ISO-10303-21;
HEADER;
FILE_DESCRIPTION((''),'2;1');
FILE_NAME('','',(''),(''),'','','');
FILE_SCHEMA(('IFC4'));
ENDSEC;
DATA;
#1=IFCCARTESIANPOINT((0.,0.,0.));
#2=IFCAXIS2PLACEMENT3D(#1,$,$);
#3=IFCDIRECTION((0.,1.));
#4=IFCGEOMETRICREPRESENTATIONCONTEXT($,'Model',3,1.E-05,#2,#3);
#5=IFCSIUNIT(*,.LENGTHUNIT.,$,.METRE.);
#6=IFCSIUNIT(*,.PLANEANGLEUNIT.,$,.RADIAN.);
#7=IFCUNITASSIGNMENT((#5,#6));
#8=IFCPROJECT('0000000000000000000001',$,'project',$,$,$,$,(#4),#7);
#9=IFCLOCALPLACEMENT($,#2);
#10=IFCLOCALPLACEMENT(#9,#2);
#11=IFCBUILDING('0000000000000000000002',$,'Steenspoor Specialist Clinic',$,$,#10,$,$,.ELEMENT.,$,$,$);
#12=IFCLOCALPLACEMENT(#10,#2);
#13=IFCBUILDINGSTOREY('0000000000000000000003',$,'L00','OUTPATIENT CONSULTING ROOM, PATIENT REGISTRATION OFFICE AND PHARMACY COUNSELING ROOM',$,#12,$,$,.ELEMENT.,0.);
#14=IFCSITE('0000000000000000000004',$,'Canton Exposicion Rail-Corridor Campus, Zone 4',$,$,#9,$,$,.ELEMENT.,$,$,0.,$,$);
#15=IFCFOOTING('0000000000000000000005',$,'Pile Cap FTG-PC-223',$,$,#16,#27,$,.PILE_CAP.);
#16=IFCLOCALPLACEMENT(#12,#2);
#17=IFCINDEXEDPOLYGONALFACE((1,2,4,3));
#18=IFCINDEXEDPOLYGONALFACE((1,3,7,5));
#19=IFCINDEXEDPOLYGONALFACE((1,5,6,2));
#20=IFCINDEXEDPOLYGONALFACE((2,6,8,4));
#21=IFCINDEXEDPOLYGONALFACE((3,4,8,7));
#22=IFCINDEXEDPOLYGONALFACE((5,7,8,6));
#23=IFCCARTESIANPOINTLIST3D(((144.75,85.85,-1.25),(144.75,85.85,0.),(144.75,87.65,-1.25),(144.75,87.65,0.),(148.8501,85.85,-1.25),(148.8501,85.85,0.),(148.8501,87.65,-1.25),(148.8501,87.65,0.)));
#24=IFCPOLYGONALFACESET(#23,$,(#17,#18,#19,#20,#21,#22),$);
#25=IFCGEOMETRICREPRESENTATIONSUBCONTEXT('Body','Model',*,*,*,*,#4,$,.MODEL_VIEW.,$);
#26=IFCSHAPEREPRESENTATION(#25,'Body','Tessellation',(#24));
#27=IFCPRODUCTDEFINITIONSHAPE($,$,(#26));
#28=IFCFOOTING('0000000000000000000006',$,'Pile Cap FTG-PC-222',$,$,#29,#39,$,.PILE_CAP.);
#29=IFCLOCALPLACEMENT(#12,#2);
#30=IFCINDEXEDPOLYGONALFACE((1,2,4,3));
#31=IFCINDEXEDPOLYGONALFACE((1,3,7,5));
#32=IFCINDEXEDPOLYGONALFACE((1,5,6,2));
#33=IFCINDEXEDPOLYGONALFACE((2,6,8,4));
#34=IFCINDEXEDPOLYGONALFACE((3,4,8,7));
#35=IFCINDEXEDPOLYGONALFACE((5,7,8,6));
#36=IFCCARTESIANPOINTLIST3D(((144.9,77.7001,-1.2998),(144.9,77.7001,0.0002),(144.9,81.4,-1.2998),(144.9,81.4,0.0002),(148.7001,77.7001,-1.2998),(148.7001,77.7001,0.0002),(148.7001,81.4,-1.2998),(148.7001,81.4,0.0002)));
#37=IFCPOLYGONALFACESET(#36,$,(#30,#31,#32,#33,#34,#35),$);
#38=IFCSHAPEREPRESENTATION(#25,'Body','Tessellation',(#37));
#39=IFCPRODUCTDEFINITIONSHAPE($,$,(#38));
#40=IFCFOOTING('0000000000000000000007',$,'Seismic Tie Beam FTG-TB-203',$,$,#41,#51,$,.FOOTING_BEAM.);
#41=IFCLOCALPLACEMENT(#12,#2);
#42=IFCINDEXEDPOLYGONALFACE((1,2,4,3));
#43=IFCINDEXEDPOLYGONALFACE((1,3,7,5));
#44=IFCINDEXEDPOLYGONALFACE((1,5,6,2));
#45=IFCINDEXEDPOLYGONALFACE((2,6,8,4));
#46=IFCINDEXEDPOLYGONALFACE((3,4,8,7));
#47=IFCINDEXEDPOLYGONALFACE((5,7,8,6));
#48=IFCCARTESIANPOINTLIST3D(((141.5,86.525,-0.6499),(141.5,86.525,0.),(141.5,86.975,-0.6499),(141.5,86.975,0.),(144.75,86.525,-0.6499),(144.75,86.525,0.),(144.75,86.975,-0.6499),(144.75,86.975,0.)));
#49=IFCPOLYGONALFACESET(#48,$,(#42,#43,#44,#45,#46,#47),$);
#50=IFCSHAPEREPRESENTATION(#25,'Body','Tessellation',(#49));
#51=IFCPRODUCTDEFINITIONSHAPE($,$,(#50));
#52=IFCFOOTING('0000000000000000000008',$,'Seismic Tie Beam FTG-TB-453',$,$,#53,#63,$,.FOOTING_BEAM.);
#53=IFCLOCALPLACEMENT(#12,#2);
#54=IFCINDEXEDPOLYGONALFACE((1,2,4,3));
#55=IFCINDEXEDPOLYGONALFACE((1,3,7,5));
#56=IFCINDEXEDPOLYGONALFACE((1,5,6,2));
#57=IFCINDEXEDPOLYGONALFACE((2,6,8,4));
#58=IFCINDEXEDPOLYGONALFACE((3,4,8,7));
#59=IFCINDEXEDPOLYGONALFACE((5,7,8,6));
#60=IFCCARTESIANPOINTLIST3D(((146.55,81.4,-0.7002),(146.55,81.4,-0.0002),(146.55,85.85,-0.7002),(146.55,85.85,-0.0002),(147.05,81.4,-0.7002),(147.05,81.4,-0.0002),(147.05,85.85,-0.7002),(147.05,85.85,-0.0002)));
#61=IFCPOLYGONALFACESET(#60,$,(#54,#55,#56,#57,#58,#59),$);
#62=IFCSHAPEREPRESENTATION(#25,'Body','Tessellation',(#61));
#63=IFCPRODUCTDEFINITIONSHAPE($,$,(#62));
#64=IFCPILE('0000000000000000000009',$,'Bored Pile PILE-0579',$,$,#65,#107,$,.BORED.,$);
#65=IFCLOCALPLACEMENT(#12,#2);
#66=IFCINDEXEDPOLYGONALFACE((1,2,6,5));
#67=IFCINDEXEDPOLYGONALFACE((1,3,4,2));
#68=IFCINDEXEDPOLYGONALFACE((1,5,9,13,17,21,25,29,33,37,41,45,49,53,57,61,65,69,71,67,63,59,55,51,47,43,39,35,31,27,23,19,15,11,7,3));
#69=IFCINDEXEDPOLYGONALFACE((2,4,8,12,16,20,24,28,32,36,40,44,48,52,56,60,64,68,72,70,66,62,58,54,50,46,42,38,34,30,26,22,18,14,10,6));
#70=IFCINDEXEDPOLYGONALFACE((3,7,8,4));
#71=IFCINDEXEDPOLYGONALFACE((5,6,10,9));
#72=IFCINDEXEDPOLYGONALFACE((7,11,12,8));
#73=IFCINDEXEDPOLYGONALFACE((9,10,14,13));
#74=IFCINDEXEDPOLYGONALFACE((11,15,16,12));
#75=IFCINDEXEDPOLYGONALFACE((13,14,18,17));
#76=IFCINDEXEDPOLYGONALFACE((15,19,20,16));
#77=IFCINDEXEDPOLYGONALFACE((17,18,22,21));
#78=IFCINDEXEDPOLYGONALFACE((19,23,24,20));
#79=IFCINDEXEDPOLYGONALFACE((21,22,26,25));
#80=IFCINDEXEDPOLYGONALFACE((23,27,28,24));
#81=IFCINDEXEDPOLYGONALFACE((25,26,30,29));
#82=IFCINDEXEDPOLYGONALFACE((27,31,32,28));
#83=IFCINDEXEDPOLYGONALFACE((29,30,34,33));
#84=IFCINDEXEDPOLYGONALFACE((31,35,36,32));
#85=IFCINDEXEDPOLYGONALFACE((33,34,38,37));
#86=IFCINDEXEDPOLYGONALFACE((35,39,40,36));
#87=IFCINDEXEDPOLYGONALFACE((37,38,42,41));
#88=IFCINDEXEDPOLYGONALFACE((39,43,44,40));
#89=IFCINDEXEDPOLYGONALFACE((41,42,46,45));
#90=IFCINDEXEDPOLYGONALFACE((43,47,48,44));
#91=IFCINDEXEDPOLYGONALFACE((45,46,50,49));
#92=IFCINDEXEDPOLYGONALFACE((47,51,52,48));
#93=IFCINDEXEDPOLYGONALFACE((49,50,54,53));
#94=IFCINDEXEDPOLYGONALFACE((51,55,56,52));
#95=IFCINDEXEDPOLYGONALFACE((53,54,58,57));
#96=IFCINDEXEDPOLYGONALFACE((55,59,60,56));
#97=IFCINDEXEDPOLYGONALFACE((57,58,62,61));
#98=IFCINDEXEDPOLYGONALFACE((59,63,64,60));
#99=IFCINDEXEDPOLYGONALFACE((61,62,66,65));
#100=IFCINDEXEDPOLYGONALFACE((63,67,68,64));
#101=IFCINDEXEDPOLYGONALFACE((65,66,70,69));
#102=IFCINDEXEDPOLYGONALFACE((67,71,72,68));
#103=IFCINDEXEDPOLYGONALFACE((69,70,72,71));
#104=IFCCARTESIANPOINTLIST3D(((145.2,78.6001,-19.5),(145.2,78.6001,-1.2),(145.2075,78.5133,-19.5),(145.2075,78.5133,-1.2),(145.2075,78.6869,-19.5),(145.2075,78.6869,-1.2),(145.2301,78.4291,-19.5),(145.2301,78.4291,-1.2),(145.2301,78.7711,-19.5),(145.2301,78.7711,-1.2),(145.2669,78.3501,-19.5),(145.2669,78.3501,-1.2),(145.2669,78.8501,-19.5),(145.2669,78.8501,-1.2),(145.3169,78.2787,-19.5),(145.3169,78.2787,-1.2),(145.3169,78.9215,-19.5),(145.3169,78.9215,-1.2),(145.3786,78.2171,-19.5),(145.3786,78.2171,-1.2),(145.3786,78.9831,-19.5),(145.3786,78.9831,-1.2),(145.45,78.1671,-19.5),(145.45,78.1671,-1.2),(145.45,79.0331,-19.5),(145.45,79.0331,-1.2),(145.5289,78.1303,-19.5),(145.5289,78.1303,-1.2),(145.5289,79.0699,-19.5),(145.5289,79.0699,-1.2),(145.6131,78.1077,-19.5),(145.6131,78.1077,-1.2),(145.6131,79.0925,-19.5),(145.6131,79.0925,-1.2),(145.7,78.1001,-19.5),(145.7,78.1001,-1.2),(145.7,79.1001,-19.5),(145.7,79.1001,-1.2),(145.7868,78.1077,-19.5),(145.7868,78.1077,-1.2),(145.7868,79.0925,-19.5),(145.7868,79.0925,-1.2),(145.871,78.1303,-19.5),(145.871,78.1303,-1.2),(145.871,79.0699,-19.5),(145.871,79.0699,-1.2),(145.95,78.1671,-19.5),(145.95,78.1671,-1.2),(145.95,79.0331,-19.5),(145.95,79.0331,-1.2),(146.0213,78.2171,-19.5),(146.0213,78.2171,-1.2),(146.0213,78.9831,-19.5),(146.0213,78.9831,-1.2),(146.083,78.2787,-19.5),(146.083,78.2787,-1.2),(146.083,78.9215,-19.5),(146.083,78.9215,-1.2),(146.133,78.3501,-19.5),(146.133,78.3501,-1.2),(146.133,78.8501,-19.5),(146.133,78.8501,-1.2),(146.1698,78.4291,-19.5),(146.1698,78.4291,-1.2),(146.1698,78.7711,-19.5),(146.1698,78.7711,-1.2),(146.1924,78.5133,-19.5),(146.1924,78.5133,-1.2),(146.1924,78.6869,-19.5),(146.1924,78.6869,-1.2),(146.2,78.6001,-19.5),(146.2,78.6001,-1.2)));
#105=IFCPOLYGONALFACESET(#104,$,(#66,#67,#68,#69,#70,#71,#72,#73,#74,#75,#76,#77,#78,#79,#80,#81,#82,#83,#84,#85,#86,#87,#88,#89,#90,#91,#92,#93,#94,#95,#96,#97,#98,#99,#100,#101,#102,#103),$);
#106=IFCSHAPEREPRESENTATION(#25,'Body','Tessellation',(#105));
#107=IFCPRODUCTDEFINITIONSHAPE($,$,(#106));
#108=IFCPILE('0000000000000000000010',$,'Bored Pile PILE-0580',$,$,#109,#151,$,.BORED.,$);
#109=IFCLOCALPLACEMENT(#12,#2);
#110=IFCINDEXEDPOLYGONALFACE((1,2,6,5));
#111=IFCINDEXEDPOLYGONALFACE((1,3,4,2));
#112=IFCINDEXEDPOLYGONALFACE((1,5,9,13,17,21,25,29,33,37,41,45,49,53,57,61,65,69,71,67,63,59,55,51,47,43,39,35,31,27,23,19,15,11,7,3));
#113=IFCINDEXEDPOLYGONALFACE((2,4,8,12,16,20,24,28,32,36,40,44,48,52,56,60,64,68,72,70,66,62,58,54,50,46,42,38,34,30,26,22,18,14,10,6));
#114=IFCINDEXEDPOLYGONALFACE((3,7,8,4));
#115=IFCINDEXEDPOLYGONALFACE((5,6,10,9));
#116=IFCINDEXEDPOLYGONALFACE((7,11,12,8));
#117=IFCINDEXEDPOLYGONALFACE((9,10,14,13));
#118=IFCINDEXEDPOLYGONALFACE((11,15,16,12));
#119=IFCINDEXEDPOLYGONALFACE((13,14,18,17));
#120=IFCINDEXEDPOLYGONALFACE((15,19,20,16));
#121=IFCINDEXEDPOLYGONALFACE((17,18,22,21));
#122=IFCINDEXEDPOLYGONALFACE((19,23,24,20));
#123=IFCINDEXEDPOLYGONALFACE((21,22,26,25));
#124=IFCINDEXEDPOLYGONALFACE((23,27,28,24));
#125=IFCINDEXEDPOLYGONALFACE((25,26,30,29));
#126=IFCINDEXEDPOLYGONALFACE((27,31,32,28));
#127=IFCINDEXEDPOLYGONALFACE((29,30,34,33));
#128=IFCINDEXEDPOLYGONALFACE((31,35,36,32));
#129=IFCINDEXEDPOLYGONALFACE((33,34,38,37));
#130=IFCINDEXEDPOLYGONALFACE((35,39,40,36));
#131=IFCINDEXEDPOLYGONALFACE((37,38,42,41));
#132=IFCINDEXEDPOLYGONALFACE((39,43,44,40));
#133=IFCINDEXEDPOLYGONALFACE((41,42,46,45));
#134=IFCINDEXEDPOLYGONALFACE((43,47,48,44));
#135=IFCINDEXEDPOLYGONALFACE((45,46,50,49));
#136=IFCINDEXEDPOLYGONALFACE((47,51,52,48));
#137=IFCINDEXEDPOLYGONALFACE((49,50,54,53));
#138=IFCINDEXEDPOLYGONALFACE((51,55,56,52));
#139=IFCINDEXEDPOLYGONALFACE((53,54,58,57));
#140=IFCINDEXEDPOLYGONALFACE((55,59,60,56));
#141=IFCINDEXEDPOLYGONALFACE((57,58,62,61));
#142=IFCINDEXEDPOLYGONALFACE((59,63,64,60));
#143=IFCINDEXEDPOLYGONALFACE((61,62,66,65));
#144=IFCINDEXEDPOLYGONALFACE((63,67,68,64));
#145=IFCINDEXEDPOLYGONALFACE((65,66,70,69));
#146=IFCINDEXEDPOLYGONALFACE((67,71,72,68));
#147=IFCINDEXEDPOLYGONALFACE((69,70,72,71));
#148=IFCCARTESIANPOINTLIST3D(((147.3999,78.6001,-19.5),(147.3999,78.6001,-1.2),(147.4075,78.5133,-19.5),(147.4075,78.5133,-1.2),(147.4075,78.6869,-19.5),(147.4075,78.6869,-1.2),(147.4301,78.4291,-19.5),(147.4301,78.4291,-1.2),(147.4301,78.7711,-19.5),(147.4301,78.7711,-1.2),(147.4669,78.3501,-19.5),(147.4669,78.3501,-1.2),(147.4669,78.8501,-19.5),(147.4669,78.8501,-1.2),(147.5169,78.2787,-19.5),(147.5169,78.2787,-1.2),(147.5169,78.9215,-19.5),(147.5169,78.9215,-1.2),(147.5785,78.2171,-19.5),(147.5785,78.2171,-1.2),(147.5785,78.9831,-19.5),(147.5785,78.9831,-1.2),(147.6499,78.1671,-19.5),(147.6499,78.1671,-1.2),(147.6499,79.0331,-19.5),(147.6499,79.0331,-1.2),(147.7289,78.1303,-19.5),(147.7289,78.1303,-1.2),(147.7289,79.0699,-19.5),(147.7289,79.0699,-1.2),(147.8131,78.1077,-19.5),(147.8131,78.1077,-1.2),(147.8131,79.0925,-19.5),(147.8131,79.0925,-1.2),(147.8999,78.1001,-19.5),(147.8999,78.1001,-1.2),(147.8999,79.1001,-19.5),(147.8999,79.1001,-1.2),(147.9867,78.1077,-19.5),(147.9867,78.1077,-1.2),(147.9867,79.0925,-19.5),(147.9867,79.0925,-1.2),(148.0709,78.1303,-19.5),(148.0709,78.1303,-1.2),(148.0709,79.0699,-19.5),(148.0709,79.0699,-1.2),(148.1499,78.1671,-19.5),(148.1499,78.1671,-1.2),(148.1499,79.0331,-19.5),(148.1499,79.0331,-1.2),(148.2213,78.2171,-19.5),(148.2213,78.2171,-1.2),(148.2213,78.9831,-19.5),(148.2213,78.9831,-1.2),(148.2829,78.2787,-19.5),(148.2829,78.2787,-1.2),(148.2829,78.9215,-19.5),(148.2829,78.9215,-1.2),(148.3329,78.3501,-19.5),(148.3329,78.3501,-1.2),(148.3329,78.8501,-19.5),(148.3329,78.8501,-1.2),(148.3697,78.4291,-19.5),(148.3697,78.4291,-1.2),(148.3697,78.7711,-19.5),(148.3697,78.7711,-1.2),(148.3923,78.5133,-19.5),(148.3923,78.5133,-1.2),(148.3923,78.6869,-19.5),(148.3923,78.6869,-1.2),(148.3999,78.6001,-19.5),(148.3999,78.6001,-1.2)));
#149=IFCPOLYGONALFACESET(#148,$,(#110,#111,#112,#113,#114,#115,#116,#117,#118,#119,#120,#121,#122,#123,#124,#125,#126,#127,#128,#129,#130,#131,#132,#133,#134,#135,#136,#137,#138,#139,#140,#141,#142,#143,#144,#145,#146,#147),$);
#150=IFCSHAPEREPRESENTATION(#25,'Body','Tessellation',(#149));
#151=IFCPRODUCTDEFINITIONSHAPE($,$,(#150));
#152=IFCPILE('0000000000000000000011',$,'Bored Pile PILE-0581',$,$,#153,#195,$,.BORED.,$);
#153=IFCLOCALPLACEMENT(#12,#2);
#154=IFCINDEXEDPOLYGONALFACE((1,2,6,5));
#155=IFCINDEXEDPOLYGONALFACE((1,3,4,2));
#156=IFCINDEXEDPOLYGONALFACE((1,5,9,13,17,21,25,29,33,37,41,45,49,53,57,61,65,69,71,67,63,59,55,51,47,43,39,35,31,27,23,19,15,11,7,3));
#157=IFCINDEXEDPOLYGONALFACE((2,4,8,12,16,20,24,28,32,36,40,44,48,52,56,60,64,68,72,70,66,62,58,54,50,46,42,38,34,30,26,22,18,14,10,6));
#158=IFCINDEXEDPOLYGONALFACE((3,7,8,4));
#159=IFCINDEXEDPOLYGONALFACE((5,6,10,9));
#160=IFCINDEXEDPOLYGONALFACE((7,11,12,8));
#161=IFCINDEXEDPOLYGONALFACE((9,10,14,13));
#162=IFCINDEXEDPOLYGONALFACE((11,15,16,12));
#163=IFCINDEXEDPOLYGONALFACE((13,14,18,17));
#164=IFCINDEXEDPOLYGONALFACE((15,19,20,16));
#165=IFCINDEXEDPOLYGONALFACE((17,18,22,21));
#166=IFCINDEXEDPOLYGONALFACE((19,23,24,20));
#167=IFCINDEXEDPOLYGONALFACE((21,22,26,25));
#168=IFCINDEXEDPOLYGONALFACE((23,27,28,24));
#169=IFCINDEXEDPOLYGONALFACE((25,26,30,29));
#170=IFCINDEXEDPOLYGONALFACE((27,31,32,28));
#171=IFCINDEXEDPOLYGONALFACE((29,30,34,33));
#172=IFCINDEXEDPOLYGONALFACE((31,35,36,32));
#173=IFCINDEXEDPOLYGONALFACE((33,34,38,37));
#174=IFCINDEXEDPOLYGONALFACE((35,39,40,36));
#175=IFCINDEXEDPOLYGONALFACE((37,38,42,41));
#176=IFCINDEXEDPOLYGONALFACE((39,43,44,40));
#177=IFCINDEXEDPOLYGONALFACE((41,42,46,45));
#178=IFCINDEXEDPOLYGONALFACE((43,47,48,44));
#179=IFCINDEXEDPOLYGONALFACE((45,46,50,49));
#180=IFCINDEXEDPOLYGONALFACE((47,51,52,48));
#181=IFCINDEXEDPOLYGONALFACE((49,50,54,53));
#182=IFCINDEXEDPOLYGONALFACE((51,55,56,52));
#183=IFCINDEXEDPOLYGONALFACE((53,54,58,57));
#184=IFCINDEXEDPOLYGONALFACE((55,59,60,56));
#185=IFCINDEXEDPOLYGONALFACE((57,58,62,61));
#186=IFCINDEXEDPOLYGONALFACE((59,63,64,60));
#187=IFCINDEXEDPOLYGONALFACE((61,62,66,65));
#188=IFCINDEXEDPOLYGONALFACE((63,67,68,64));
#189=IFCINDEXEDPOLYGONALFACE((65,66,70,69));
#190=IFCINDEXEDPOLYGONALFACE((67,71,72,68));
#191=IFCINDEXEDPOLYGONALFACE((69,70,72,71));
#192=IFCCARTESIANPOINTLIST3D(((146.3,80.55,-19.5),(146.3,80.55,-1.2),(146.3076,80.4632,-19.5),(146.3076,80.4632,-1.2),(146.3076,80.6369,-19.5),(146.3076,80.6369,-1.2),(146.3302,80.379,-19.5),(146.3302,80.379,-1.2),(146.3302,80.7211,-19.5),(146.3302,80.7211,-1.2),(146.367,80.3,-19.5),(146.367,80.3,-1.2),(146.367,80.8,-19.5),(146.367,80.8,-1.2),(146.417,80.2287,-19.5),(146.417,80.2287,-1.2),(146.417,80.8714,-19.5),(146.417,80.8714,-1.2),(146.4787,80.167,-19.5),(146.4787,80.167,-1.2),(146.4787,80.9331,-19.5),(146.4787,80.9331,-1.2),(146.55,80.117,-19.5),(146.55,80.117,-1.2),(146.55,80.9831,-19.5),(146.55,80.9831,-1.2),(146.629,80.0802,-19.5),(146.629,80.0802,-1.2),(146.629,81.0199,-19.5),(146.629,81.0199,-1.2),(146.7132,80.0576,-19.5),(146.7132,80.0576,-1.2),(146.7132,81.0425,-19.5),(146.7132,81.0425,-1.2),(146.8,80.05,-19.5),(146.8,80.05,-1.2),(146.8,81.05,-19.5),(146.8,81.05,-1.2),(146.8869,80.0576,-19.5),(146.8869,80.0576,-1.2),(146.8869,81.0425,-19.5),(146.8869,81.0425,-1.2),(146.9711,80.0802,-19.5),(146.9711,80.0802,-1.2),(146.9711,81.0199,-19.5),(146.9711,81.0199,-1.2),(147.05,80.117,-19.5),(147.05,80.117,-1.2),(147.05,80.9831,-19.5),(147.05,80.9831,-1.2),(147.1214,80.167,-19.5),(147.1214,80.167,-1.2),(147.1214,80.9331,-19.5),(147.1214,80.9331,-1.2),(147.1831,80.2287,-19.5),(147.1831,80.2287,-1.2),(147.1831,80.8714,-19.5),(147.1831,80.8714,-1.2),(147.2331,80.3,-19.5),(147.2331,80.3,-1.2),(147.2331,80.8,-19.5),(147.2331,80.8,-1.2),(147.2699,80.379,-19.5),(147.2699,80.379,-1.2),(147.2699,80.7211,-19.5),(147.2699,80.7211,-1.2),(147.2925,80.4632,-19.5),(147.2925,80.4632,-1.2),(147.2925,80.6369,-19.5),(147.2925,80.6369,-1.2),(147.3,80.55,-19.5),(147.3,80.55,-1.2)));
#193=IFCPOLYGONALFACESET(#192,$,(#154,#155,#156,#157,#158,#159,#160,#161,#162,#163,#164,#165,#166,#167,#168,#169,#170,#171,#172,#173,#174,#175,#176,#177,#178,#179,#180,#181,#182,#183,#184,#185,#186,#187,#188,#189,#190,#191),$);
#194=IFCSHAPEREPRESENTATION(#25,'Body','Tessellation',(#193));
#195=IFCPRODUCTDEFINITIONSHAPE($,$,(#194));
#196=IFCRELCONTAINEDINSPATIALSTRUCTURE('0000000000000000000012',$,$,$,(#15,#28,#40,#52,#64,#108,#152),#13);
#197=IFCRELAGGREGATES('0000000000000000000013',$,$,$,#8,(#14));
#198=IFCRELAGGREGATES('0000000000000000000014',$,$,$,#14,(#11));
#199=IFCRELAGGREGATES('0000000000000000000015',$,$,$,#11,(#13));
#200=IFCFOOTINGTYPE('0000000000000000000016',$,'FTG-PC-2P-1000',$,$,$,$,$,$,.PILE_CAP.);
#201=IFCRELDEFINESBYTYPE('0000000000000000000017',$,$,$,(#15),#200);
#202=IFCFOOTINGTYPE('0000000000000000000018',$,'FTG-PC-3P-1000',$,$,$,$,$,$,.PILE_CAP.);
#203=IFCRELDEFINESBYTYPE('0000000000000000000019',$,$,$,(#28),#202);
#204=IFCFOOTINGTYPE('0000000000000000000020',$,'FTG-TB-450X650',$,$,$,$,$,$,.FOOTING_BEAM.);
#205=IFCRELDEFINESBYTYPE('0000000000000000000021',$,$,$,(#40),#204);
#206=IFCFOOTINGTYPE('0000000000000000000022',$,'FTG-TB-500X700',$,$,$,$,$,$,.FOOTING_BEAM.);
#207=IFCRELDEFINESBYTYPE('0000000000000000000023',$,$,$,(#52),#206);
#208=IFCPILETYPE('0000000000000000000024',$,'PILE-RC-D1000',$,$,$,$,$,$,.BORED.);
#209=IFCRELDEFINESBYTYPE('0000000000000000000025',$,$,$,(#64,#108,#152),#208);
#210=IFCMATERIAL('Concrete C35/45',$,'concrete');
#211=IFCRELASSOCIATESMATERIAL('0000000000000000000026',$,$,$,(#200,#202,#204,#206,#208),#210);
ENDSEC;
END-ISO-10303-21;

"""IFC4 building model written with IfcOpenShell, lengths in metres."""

from ifc_helpers import new_model, si_unit, direction, frame, origin, origin_2d, place, context, subcontext, project, spatial, rectangle, circle, extrude, material, material_profile, profile_set, type_object, element, save


model = new_model("IFC4")

# Units and contexts
model_context = context("Model", 3, precision=1e-05, world=origin(), true_north=direction((0.0, 1.0)))
body_context = subcontext(model_context, "Body", "Model", "MODEL_VIEW")
ifc_project = project(units=[si_unit("LENGTHUNIT", "METRE"), si_unit("PLANEANGLEUNIT", "RADIAN")], contexts=[model_context])

# Site, building, storey
site_placement = place(None, origin())
site = spatial("IfcSite", under=ifc_project, at=site_placement, Name="Canton Exposicion Rail-Corridor Campus, Zone 4", CompositionType="ELEMENT", RefElevation=0.0)
building_placement = place(site_placement, origin())
building = spatial("IfcBuilding", under=site, at=building_placement, Name="Steenspoor Specialist Clinic", CompositionType="ELEMENT")
storey_placement = place(building_placement, origin())
storey = spatial("IfcBuildingStorey", under=building, at=storey_placement, Name="L00", Description="OUTPATIENT CONSULTING ROOM, PATIENT REGISTRATION OFFICE AND PHARMACY COUNSELING ROOM", CompositionType="ELEMENT", Elevation=0.0)

# Footings
ifc_material_1 = material(Name="Concrete C35/45", Category="concrete")
footing_type_1 = type_object("IfcFootingType", Name="FTG-PC-2P-1000", PredefinedType="PILE_CAP", material=ifc_material_1)
footing_1_placement = place(storey_placement, frame((146.8, 86.75, -1.25), z_axis=(0.0, 0.0, 1.0), x_axis=(1.0, 0.0, 0.0)))
element("IfcFooting", 1, at=footing_1_placement, inside=storey, type_object=footing_type_1, Name="Pile Cap FTG-PC-223", PredefinedType="PILE_CAP", context=body_context, shape_type="SweptSolid", body=[
    extrude(rectangle(XDim=4.1001, YDim=1.8, at=origin_2d()), origin(), (0.0, 0.0, 1.0), 1.25),
])
footing_type_2 = type_object("IfcFootingType", Name="FTG-PC-3P-1000", PredefinedType="PILE_CAP", material=ifc_material_1)
footing_2_placement = place(storey_placement, frame((146.8, 79.55, -1.2998), z_axis=(0.0, 0.0, 1.0), x_axis=(1.0, 0.0, 0.0)))
element("IfcFooting", 2, at=footing_2_placement, inside=storey, type_object=footing_type_2, Name="Pile Cap FTG-PC-222", PredefinedType="PILE_CAP", context=body_context, shape_type="SweptSolid", body=[
    extrude(rectangle(XDim=3.8, YDim=3.7, at=origin_2d()), origin(), (0.0, 0.0, 1.0), 1.3),
])
footing_type_3 = type_object("IfcFootingType", Name="FTG-TB-450X650", PredefinedType="FOOTING_BEAM", material=ifc_material_1)
footing_3_placement = place(storey_placement, frame((143.125, 86.75, -0.6499), z_axis=(0.0, 0.0, 1.0), x_axis=(1.0, 0.0, 0.0)))
element("IfcFooting", 3, at=footing_3_placement, inside=storey, type_object=footing_type_3, Name="Seismic Tie Beam FTG-TB-203", PredefinedType="FOOTING_BEAM", context=body_context, shape_type="SweptSolid", body=[
    extrude(rectangle(XDim=3.25, YDim=0.45, at=origin_2d()), origin(), (0.0, 0.0, 1.0), 0.6499),
])
footing_type_4 = type_object("IfcFootingType", Name="FTG-TB-500X700", PredefinedType="FOOTING_BEAM", material=ifc_material_1)
footing_4_placement = place(storey_placement, frame((146.8, 83.625, -0.7002), z_axis=(0.0, 0.0, 1.0), x_axis=(1.0, 0.0, 0.0)))
element("IfcFooting", 4, at=footing_4_placement, inside=storey, type_object=footing_type_4, Name="Seismic Tie Beam FTG-TB-453", PredefinedType="FOOTING_BEAM", context=body_context, shape_type="SweptSolid", body=[
    extrude(rectangle(XDim=0.5, YDim=4.45, at=origin_2d()), origin(), (0.0, 0.0, 1.0), 0.7),
])

# Piles
ifc_material_profile_1 = material_profile(ifc_material_1, circle(Radius=0.5, at=origin_2d()), Name="PILE-D1000")
ifc_profile_set_1 = profile_set([ifc_material_profile_1], Name="Concrete C35/45")
pile_type = type_object("IfcPileType", Name="PILE-RC-D1000", PredefinedType="BORED", material=ifc_profile_set_1)
for number, where, z_axis, x_axis, name in (
    (5, (145.7, 78.6001, -1.2), (0.0, 0.0, -1.0), (1.0, 0.0, 0.0), "Bored Pile PILE-0579"),
    (6, (147.8999, 78.6001, -1.2), (0.0, 0.0, -1.0), (1.0, 0.0, 0.0), "Bored Pile PILE-0580"),
    (7, (146.8, 80.55, -1.2), (0.0, 0.0, -1.0), (1.0, 0.0, 0.0), "Bored Pile PILE-0581"),
):
    element("IfcPile", number, at=place(storey_placement, frame(where, z_axis=z_axis, x_axis=x_axis)), inside=storey, type_object=pile_type, Name=name, PredefinedType="BORED", context=body_context, shape_type="SweptSolid", body=[
        extrude(circle(Radius=0.5, at=origin_2d()), origin(), (0.0, 0.0, 1.0), 18.3),
    ])

save(model, "model.ifc")
